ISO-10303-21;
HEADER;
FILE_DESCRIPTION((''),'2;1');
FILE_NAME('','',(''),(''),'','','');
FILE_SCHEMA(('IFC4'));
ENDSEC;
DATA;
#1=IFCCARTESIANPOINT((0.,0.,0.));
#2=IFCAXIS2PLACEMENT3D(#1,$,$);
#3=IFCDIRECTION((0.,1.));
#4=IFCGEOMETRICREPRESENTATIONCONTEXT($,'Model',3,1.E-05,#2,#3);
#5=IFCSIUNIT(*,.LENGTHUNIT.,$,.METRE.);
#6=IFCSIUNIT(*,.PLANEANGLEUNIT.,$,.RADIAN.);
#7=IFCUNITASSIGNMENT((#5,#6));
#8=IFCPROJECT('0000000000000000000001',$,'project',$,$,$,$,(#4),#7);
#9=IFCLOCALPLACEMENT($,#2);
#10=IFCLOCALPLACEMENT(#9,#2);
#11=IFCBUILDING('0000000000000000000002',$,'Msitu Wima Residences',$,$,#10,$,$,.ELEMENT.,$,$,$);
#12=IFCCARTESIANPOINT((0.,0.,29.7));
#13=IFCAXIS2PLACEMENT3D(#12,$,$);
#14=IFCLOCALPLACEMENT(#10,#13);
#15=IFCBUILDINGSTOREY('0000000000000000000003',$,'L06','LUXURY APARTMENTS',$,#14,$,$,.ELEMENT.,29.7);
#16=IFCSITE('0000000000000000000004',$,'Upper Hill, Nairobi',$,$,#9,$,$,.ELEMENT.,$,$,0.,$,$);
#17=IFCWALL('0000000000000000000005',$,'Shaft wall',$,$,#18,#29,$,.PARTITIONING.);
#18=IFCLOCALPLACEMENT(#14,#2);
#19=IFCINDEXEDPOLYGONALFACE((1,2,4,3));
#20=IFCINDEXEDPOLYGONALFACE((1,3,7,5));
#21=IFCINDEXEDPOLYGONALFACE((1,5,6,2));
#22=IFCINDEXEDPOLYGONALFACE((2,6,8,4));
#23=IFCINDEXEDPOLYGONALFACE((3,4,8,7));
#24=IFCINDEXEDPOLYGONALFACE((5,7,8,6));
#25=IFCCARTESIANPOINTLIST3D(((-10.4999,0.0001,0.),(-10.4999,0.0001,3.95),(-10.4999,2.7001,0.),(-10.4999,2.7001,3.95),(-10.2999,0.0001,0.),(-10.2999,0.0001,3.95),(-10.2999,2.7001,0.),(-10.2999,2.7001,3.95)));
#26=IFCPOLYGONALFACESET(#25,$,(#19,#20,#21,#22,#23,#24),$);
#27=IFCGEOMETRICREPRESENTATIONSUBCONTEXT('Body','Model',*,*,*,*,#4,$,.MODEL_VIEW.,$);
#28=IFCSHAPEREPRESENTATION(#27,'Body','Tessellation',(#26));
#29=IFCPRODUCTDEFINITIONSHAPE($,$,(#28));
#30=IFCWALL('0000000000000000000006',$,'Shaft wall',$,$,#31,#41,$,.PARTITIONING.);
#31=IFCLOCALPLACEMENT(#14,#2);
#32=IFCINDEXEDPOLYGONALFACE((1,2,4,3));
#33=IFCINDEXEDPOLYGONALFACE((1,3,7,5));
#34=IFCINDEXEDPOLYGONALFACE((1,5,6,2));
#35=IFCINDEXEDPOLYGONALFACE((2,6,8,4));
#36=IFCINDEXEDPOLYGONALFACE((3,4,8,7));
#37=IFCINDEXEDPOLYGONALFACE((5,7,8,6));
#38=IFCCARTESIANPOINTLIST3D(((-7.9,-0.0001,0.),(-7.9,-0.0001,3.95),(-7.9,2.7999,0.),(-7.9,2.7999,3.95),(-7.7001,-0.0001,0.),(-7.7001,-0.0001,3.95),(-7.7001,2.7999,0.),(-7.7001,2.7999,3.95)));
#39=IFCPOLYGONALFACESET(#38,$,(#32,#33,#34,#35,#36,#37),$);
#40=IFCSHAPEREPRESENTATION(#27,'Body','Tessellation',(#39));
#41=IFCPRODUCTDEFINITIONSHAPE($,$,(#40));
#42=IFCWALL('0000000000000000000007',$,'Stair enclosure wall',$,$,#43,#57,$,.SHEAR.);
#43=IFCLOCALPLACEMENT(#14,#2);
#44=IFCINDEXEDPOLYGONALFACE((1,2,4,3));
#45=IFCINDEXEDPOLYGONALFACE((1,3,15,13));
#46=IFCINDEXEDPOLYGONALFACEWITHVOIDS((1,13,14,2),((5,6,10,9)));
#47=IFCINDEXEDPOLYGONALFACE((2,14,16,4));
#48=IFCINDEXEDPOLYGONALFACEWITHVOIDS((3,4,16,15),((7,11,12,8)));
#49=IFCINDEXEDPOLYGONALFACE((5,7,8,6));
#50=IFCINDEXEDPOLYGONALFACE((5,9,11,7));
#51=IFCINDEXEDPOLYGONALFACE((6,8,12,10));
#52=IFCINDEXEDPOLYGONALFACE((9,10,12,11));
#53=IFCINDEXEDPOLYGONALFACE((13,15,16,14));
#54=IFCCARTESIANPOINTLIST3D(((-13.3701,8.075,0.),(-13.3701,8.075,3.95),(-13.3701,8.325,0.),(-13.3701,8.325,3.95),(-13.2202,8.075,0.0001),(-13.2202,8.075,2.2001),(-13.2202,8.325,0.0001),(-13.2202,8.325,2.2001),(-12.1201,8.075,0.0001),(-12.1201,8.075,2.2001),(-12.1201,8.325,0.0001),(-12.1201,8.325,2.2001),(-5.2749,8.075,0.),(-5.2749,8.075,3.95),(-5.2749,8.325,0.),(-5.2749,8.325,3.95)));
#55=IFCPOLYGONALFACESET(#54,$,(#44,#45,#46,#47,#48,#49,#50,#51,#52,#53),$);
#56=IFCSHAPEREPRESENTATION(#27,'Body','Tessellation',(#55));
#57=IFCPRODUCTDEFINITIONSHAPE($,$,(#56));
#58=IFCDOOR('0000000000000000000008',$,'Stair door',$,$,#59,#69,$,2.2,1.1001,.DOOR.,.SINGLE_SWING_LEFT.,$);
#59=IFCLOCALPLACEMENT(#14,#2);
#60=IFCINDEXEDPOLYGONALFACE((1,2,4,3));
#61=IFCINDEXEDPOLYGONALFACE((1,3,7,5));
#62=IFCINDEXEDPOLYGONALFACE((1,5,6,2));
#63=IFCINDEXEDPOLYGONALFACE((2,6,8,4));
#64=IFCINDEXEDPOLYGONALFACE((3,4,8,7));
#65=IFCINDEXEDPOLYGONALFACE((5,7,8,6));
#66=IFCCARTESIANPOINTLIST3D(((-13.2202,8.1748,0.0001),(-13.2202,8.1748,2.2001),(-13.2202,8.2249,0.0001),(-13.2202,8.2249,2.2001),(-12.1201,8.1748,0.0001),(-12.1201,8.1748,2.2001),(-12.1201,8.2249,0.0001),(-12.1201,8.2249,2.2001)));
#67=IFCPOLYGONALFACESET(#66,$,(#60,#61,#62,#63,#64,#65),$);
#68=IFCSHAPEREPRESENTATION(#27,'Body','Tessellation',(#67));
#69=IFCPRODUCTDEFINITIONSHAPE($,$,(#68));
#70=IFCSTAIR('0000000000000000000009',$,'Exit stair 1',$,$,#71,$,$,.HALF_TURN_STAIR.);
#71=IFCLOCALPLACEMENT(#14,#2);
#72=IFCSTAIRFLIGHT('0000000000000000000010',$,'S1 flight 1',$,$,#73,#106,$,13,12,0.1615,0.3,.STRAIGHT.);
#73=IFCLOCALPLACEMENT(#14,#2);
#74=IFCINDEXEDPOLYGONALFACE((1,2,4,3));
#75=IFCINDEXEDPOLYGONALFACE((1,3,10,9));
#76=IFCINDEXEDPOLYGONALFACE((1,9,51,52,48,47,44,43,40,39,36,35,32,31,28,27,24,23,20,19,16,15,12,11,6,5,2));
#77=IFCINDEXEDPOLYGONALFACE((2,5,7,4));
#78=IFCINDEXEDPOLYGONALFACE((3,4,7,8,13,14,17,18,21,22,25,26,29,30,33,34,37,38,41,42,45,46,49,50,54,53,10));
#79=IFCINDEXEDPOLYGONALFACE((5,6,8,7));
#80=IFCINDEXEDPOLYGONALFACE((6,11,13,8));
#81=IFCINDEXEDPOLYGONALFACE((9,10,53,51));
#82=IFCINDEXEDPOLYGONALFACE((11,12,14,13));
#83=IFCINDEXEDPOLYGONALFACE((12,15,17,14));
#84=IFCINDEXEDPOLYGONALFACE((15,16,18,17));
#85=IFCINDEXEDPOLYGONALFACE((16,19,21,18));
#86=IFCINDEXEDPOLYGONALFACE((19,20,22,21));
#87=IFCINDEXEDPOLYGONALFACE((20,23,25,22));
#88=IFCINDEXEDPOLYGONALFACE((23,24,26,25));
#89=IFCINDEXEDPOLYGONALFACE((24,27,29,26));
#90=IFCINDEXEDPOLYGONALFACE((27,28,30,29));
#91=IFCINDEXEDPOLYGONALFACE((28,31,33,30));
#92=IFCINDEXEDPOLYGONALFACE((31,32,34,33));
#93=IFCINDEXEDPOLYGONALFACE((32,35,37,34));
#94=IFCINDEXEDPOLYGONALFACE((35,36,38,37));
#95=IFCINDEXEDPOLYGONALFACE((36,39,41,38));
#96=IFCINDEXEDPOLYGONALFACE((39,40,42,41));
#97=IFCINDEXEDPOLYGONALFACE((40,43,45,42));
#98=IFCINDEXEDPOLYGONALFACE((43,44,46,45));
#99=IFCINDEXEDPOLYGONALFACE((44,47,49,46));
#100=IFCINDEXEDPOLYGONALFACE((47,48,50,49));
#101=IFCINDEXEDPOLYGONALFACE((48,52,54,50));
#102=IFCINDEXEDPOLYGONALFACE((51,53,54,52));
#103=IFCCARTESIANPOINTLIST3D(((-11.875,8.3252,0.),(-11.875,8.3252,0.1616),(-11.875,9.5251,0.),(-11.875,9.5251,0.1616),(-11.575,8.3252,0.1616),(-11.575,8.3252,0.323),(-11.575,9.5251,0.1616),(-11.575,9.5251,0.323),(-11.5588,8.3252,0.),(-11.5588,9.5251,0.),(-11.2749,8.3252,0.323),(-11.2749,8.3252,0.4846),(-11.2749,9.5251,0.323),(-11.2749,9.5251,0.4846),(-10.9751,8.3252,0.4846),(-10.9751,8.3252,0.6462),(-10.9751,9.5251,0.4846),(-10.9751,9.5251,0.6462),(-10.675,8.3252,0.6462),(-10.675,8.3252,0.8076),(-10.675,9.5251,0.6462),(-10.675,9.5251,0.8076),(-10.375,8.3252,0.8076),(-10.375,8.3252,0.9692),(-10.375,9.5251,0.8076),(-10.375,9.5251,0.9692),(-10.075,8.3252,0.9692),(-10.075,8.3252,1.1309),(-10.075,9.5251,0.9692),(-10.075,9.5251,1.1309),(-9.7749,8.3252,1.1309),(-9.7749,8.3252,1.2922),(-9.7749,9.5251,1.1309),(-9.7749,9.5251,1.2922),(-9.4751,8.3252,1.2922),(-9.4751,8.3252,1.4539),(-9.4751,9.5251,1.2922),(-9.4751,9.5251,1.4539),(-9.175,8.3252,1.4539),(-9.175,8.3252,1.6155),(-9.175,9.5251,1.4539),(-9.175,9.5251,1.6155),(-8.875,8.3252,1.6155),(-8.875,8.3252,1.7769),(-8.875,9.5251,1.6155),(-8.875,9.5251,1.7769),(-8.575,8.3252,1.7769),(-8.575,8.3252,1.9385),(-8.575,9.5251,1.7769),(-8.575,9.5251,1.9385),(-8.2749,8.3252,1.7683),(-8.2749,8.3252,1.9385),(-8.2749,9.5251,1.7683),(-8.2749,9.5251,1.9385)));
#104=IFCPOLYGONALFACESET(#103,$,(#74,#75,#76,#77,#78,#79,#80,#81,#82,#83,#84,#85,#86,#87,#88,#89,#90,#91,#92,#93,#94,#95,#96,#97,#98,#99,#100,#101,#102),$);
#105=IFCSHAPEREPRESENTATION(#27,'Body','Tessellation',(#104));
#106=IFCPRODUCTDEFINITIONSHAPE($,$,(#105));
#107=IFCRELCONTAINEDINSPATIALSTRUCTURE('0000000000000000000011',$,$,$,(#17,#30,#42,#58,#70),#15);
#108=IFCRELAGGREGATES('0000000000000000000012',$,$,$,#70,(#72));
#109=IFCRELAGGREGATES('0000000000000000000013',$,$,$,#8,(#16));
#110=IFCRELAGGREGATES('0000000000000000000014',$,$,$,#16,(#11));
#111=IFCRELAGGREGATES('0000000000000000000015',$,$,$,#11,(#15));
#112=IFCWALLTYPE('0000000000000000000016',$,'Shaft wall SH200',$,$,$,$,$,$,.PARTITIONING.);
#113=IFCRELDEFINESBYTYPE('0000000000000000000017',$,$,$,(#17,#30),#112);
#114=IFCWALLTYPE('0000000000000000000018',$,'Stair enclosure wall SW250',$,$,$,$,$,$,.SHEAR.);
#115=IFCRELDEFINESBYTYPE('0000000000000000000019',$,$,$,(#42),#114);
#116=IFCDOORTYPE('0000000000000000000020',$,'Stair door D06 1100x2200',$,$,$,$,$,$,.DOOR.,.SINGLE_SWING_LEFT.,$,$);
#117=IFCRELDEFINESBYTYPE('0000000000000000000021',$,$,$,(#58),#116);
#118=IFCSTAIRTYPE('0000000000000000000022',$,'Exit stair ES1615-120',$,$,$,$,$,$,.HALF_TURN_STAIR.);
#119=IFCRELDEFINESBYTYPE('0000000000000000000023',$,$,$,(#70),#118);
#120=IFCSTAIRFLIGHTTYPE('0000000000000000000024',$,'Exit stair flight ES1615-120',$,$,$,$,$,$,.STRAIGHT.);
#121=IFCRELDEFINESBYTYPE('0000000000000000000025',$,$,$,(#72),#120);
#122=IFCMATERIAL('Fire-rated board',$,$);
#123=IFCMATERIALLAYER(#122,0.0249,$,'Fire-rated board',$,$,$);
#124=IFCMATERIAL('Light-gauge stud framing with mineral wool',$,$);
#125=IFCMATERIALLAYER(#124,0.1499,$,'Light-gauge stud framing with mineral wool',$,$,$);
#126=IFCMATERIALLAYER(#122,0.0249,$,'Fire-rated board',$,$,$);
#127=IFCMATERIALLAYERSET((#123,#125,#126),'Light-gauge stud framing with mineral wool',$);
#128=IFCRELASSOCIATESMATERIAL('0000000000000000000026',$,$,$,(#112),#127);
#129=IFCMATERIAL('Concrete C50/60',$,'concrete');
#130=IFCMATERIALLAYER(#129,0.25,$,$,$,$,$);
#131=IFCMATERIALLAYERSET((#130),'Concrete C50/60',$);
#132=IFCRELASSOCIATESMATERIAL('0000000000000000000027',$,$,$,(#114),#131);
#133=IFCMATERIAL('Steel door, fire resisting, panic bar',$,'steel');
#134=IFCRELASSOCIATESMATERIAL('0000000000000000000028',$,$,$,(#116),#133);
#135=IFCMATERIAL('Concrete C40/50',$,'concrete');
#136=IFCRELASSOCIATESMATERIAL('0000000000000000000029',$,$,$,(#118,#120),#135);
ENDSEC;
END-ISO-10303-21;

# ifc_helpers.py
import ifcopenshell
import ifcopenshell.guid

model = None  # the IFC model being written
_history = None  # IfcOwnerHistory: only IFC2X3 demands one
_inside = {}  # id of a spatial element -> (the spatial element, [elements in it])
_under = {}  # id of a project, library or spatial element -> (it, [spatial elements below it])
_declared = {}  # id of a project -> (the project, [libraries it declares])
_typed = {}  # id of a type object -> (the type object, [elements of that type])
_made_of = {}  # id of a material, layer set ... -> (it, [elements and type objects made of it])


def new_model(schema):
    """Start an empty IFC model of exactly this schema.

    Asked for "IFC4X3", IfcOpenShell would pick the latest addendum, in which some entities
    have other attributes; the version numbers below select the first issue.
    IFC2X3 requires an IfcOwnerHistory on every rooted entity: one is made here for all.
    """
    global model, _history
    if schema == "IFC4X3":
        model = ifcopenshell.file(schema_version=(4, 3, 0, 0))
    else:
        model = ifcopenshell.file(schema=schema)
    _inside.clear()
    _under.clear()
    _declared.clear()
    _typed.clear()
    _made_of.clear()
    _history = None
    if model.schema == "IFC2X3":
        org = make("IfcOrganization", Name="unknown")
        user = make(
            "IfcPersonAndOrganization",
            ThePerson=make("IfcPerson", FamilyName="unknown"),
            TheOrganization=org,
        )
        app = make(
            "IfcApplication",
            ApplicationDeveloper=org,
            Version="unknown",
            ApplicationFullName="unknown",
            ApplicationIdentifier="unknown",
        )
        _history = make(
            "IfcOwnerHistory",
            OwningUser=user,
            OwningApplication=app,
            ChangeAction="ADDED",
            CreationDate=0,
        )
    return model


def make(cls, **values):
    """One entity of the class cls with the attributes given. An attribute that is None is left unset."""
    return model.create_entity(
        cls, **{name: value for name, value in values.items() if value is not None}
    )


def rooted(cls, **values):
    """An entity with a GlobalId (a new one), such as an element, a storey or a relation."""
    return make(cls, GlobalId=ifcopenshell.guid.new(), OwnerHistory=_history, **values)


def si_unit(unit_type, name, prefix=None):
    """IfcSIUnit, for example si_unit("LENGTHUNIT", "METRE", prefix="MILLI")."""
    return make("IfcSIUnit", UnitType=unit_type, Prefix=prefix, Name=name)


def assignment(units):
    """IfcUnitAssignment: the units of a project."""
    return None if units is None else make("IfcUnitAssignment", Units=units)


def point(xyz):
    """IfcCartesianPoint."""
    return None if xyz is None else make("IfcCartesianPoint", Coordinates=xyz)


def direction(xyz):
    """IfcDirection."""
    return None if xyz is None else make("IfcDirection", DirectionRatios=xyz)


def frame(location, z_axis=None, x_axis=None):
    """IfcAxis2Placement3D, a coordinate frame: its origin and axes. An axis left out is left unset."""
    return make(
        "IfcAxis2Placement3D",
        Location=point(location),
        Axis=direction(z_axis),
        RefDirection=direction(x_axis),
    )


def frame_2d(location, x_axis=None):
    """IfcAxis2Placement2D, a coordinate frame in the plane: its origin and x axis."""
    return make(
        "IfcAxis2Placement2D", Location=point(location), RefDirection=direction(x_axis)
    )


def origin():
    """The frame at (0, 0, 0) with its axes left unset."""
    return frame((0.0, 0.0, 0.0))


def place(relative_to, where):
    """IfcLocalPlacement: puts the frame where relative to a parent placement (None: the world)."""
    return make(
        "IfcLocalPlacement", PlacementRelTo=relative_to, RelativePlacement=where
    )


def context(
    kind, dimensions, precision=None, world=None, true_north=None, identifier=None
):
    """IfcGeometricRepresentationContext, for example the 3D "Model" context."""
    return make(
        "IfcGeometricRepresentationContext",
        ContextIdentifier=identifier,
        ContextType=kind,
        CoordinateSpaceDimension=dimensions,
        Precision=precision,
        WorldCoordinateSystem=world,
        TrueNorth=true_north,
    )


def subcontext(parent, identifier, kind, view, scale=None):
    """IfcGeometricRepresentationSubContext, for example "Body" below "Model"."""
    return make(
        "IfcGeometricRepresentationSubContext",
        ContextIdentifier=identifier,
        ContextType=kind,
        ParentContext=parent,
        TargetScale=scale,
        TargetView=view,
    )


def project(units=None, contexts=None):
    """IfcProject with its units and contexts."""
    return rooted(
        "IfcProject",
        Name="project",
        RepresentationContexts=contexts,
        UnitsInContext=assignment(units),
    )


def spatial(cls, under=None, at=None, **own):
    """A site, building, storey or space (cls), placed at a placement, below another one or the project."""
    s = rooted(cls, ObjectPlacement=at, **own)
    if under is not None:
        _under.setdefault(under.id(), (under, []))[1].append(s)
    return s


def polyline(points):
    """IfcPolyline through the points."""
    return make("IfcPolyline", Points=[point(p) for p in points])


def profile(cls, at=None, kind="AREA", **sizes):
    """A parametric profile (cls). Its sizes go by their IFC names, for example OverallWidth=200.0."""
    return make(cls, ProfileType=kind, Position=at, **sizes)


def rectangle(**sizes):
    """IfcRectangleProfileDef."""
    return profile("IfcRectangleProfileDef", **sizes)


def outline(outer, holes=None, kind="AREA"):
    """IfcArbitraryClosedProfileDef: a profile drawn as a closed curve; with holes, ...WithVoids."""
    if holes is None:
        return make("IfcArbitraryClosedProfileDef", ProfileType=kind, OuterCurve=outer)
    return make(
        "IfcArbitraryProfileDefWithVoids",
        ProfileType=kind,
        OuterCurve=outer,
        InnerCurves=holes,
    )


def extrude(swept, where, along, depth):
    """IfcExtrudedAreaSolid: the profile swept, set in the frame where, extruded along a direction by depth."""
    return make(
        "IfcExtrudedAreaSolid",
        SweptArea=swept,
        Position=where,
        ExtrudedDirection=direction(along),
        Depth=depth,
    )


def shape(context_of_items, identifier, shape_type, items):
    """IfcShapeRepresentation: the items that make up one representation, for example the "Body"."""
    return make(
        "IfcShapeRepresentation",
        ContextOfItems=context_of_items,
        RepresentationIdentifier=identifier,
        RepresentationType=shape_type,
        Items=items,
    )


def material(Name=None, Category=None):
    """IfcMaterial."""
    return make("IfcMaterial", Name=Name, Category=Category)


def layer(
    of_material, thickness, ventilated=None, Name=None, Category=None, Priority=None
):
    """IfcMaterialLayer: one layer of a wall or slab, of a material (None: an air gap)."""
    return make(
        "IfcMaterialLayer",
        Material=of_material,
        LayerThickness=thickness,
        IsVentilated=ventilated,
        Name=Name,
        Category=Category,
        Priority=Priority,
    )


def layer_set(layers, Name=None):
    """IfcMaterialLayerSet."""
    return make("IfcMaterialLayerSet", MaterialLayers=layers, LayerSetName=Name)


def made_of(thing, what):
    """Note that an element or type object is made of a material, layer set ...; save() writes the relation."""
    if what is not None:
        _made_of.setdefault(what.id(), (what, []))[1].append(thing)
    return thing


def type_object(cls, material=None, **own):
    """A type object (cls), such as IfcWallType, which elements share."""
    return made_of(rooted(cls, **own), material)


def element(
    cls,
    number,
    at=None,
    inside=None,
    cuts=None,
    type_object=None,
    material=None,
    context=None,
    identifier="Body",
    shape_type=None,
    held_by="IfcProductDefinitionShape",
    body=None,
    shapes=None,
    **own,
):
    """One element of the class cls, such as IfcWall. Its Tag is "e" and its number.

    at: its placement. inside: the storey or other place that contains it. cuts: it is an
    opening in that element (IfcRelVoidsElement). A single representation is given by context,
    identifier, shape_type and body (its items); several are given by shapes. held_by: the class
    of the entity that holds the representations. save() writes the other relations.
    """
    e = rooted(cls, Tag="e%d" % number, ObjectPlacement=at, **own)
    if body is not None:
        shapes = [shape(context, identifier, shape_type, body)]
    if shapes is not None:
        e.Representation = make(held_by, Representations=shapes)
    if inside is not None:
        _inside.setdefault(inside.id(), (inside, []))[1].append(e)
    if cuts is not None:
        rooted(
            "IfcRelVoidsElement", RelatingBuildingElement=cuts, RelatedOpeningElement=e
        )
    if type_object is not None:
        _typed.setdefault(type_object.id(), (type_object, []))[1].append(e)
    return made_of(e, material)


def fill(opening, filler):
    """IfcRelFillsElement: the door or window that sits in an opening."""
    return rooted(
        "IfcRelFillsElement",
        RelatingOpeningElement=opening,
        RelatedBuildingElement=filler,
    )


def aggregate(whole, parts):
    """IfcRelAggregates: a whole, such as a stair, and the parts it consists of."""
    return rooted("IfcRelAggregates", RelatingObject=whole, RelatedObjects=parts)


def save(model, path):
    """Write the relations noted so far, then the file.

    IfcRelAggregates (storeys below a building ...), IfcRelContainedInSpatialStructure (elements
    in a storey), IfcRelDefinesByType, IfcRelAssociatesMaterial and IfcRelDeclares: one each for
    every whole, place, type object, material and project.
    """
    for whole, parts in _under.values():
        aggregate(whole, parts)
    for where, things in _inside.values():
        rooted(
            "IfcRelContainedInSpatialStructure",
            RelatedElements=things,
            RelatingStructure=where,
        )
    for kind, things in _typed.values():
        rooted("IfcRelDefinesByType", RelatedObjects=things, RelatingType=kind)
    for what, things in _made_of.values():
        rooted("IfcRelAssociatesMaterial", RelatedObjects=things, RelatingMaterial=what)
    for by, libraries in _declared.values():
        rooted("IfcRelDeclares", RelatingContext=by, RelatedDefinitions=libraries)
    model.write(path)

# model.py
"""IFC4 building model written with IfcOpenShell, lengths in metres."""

from ifc_helpers import new_model, si_unit, direction, frame, frame_2d, origin, place, context, subcontext, project, spatial, polyline, rectangle, outline, extrude, material, layer, layer_set, type_object, element, fill, aggregate, save


model = new_model("IFC4")

# Units and contexts
model_context = context("Model", 3, precision=1e-05, world=origin(), true_north=direction((0.0, 1.0)))
body_context = subcontext(model_context, "Body", "Model", "MODEL_VIEW")
ifc_project = project(units=[si_unit("LENGTHUNIT", "METRE"), si_unit("PLANEANGLEUNIT", "RADIAN")], contexts=[model_context])

# Site, building, storey
site_placement = place(None, origin())
site = spatial("IfcSite", under=ifc_project, at=site_placement, Name="Upper Hill, Nairobi", CompositionType="ELEMENT", RefElevation=0.0)
building_placement = place(site_placement, origin())
building = spatial("IfcBuilding", under=site, at=building_placement, Name="Msitu Wima Residences", CompositionType="ELEMENT")
storey_placement = place(building_placement, frame((0.0, 0.0, 29.7)))
storey = spatial("IfcBuildingStorey", under=building, at=storey_placement, Name="L06", Description="LUXURY APARTMENTS", CompositionType="ELEMENT", Elevation=29.7)

# Shared definitions
ifc_material_1 = material(Name="Concrete C40/50", Category="concrete")

# Shared definitions
ifc_material_2 = material(Name="Fire-rated board")
ifc_layer_1 = layer(ifc_material_2, 0.0249, Name="Fire-rated board")
ifc_material_3 = material(Name="Light-gauge stud framing with mineral wool")
ifc_layer_2 = layer(ifc_material_3, 0.1499, Name="Light-gauge stud framing with mineral wool")
ifc_layer_3 = layer(ifc_material_2, 0.0249, Name="Fire-rated board")
ifc_layer_set_1 = layer_set([ifc_layer_1, ifc_layer_2, ifc_layer_3], Name="Light-gauge stud framing with mineral wool")
wall_type_1 = type_object("IfcWallType", Name="Shaft wall SH200", PredefinedType="PARTITIONING", material=ifc_layer_set_1)

# Walls
wall_1_placement = place(storey_placement, frame((-10.3999, 0.0, 0.0), z_axis=(0.0, 0.0, 1.0), x_axis=(0.0, 1.0, 0.0)))
element("IfcWall", 1, at=wall_1_placement, inside=storey, type_object=wall_type_1, Name="Shaft wall", PredefinedType="PARTITIONING", context=body_context, shape_type="SweptSolid", body=[
    extrude(rectangle(XDim=2.7, YDim=0.2, at=frame_2d((1.3501, 0.0))), origin(), (0.0, 0.0, 1.0), 3.95),
])
wall_2_placement = place(storey_placement, frame((-7.8, 0.0, 0.0), z_axis=(0.0, 0.0, 1.0), x_axis=(0.0, 1.0, 0.0)))
element("IfcWall", 2, at=wall_2_placement, inside=storey, type_object=wall_type_1, Name="Shaft wall", PredefinedType="PARTITIONING", context=body_context, shape_type="SweptSolid", body=[
    extrude(rectangle(XDim=2.8, YDim=0.2, at=frame_2d((1.3999, 0.0))), origin(), (0.0, 0.0, 1.0), 3.95),
])

# Wall, opening, door
ifc_material_4 = material(Name="Concrete C50/60", Category="concrete")
ifc_layer_4 = layer(ifc_material_4, 0.25)
ifc_layer_set_2 = layer_set([ifc_layer_4], Name="Concrete C50/60")
wall_type_2 = type_object("IfcWallType", Name="Stair enclosure wall SW250", PredefinedType="SHEAR", material=ifc_layer_set_2)
wall_3_placement = place(storey_placement, frame((-13.3701, 8.2, 0.0), z_axis=(0.0, 0.0, 1.0), x_axis=(1.0, 0.0, 0.0)))
wall_3 = element("IfcWall", 3, at=wall_3_placement, inside=storey, type_object=wall_type_2, Name="Stair enclosure wall", PredefinedType="SHEAR", context=body_context, shape_type="SweptSolid", body=[
    extrude(rectangle(XDim=8.0952, YDim=0.25, at=frame_2d((4.0476, 0.0))), origin(), (0.0, 0.0, 1.0), 3.95),
])
opening_1_placement = place(wall_3_placement, frame((0.1499, 0.0, 0.0)))
opening_1 = element("IfcOpeningElement", 4, at=opening_1_placement, cuts=wall_3, PredefinedType="OPENING", context=body_context, shape_type="SweptSolid", body=[
    extrude(rectangle(XDim=1.1001, YDim=2.2, at=frame_2d((0.55, 1.1001))), frame((0.0, 0.135, 0.0), z_axis=(0.0, -1.0, 0.0), x_axis=(1.0, 0.0, 0.0)), (0.0, 0.0, 1.0), 0.27),
])
ifc_material_5 = material(Name="Steel door, fire resisting, panic bar", Category="steel")
door_type_1 = type_object("IfcDoorType", Name="Stair door D06 1100x2200", OperationType="SINGLE_SWING_LEFT", PredefinedType="DOOR", material=ifc_material_5)
door_1_placement = place(opening_1_placement, origin())
door_1 = element("IfcDoor", 5, at=door_1_placement, inside=storey, type_object=door_type_1, Name="Stair door", OperationType="SINGLE_SWING_LEFT", OverallHeight=2.2, OverallWidth=1.1001, PredefinedType="DOOR", context=body_context, shape_type="SweptSolid", body=[
    extrude(rectangle(XDim=1.1001, YDim=2.2, at=frame_2d((0.55, 1.1001))), frame((0.0, 0.0249, 0.0), z_axis=(0.0, -1.0, 0.0), x_axis=(1.0, 0.0, 0.0)), (0.0, 0.0, 1.0), 0.05),
])
fill(opening_1, door_1)

# Stair, stair flight
stair_type = type_object("IfcStairType", Name="Exit stair ES1615-120", PredefinedType="HALF_TURN_STAIR", material=ifc_material_1)
stair_placement = place(storey_placement, origin())
stair = element("IfcStair", 6, at=stair_placement, inside=storey, type_object=stair_type, Name="Exit stair 1", PredefinedType="HALF_TURN_STAIR")
stair_flight_type = type_object("IfcStairFlightType", Name="Exit stair flight ES1615-120", PredefinedType="STRAIGHT", material=ifc_material_1)
stair_flight_placement = place(storey_placement, frame((-11.875, 8.925, 0.0), z_axis=(0.0, 0.0, 1.0), x_axis=(1.0, 0.0, 0.0)))
stair_flight = element("IfcStairFlight", 7, at=stair_flight_placement, type_object=stair_flight_type, Name="S1 flight 1", NumberOfRisers=13, NumberOfTreads=12, PredefinedType="STRAIGHT", RiserHeight=0.1615, TreadLength=0.3, context=body_context, shape_type="SweptSolid", body=[
    extrude(outline(polyline([(0.0, 0.0), (0.0, 0.1616), (0.3, 0.1616), (0.3, 0.323), (0.6001, 0.323), (0.6001, 0.4846), (0.8999, 0.4846), (0.8999, 0.6462), (1.2, 0.6462), (1.2, 0.8076), (1.5, 0.8076), (1.5, 0.9692), (1.8, 0.9692), (1.8, 1.1309), (2.1001, 1.1309), (2.1001, 1.2922), (2.3999, 1.2922), (2.3999, 1.4539), (2.7, 1.4539), (2.7, 1.6155), (3.0, 1.6155), (3.0, 1.7769), (3.3, 1.7769), (3.3, 1.9385), (3.6001, 1.9385), (3.6001, 2.1001), (3.6001, 1.7683), (0.3162, 0.0), (0.0, 0.0)])), frame((0.0, 0.6001, 0.0), z_axis=(0.0, -1.0, 0.0), x_axis=(1.0, 0.0, 0.0)), (0.0, 0.0, 1.0), 1.2),
])
aggregate(stair, [stair_flight])

save(model, "model.ifc")
